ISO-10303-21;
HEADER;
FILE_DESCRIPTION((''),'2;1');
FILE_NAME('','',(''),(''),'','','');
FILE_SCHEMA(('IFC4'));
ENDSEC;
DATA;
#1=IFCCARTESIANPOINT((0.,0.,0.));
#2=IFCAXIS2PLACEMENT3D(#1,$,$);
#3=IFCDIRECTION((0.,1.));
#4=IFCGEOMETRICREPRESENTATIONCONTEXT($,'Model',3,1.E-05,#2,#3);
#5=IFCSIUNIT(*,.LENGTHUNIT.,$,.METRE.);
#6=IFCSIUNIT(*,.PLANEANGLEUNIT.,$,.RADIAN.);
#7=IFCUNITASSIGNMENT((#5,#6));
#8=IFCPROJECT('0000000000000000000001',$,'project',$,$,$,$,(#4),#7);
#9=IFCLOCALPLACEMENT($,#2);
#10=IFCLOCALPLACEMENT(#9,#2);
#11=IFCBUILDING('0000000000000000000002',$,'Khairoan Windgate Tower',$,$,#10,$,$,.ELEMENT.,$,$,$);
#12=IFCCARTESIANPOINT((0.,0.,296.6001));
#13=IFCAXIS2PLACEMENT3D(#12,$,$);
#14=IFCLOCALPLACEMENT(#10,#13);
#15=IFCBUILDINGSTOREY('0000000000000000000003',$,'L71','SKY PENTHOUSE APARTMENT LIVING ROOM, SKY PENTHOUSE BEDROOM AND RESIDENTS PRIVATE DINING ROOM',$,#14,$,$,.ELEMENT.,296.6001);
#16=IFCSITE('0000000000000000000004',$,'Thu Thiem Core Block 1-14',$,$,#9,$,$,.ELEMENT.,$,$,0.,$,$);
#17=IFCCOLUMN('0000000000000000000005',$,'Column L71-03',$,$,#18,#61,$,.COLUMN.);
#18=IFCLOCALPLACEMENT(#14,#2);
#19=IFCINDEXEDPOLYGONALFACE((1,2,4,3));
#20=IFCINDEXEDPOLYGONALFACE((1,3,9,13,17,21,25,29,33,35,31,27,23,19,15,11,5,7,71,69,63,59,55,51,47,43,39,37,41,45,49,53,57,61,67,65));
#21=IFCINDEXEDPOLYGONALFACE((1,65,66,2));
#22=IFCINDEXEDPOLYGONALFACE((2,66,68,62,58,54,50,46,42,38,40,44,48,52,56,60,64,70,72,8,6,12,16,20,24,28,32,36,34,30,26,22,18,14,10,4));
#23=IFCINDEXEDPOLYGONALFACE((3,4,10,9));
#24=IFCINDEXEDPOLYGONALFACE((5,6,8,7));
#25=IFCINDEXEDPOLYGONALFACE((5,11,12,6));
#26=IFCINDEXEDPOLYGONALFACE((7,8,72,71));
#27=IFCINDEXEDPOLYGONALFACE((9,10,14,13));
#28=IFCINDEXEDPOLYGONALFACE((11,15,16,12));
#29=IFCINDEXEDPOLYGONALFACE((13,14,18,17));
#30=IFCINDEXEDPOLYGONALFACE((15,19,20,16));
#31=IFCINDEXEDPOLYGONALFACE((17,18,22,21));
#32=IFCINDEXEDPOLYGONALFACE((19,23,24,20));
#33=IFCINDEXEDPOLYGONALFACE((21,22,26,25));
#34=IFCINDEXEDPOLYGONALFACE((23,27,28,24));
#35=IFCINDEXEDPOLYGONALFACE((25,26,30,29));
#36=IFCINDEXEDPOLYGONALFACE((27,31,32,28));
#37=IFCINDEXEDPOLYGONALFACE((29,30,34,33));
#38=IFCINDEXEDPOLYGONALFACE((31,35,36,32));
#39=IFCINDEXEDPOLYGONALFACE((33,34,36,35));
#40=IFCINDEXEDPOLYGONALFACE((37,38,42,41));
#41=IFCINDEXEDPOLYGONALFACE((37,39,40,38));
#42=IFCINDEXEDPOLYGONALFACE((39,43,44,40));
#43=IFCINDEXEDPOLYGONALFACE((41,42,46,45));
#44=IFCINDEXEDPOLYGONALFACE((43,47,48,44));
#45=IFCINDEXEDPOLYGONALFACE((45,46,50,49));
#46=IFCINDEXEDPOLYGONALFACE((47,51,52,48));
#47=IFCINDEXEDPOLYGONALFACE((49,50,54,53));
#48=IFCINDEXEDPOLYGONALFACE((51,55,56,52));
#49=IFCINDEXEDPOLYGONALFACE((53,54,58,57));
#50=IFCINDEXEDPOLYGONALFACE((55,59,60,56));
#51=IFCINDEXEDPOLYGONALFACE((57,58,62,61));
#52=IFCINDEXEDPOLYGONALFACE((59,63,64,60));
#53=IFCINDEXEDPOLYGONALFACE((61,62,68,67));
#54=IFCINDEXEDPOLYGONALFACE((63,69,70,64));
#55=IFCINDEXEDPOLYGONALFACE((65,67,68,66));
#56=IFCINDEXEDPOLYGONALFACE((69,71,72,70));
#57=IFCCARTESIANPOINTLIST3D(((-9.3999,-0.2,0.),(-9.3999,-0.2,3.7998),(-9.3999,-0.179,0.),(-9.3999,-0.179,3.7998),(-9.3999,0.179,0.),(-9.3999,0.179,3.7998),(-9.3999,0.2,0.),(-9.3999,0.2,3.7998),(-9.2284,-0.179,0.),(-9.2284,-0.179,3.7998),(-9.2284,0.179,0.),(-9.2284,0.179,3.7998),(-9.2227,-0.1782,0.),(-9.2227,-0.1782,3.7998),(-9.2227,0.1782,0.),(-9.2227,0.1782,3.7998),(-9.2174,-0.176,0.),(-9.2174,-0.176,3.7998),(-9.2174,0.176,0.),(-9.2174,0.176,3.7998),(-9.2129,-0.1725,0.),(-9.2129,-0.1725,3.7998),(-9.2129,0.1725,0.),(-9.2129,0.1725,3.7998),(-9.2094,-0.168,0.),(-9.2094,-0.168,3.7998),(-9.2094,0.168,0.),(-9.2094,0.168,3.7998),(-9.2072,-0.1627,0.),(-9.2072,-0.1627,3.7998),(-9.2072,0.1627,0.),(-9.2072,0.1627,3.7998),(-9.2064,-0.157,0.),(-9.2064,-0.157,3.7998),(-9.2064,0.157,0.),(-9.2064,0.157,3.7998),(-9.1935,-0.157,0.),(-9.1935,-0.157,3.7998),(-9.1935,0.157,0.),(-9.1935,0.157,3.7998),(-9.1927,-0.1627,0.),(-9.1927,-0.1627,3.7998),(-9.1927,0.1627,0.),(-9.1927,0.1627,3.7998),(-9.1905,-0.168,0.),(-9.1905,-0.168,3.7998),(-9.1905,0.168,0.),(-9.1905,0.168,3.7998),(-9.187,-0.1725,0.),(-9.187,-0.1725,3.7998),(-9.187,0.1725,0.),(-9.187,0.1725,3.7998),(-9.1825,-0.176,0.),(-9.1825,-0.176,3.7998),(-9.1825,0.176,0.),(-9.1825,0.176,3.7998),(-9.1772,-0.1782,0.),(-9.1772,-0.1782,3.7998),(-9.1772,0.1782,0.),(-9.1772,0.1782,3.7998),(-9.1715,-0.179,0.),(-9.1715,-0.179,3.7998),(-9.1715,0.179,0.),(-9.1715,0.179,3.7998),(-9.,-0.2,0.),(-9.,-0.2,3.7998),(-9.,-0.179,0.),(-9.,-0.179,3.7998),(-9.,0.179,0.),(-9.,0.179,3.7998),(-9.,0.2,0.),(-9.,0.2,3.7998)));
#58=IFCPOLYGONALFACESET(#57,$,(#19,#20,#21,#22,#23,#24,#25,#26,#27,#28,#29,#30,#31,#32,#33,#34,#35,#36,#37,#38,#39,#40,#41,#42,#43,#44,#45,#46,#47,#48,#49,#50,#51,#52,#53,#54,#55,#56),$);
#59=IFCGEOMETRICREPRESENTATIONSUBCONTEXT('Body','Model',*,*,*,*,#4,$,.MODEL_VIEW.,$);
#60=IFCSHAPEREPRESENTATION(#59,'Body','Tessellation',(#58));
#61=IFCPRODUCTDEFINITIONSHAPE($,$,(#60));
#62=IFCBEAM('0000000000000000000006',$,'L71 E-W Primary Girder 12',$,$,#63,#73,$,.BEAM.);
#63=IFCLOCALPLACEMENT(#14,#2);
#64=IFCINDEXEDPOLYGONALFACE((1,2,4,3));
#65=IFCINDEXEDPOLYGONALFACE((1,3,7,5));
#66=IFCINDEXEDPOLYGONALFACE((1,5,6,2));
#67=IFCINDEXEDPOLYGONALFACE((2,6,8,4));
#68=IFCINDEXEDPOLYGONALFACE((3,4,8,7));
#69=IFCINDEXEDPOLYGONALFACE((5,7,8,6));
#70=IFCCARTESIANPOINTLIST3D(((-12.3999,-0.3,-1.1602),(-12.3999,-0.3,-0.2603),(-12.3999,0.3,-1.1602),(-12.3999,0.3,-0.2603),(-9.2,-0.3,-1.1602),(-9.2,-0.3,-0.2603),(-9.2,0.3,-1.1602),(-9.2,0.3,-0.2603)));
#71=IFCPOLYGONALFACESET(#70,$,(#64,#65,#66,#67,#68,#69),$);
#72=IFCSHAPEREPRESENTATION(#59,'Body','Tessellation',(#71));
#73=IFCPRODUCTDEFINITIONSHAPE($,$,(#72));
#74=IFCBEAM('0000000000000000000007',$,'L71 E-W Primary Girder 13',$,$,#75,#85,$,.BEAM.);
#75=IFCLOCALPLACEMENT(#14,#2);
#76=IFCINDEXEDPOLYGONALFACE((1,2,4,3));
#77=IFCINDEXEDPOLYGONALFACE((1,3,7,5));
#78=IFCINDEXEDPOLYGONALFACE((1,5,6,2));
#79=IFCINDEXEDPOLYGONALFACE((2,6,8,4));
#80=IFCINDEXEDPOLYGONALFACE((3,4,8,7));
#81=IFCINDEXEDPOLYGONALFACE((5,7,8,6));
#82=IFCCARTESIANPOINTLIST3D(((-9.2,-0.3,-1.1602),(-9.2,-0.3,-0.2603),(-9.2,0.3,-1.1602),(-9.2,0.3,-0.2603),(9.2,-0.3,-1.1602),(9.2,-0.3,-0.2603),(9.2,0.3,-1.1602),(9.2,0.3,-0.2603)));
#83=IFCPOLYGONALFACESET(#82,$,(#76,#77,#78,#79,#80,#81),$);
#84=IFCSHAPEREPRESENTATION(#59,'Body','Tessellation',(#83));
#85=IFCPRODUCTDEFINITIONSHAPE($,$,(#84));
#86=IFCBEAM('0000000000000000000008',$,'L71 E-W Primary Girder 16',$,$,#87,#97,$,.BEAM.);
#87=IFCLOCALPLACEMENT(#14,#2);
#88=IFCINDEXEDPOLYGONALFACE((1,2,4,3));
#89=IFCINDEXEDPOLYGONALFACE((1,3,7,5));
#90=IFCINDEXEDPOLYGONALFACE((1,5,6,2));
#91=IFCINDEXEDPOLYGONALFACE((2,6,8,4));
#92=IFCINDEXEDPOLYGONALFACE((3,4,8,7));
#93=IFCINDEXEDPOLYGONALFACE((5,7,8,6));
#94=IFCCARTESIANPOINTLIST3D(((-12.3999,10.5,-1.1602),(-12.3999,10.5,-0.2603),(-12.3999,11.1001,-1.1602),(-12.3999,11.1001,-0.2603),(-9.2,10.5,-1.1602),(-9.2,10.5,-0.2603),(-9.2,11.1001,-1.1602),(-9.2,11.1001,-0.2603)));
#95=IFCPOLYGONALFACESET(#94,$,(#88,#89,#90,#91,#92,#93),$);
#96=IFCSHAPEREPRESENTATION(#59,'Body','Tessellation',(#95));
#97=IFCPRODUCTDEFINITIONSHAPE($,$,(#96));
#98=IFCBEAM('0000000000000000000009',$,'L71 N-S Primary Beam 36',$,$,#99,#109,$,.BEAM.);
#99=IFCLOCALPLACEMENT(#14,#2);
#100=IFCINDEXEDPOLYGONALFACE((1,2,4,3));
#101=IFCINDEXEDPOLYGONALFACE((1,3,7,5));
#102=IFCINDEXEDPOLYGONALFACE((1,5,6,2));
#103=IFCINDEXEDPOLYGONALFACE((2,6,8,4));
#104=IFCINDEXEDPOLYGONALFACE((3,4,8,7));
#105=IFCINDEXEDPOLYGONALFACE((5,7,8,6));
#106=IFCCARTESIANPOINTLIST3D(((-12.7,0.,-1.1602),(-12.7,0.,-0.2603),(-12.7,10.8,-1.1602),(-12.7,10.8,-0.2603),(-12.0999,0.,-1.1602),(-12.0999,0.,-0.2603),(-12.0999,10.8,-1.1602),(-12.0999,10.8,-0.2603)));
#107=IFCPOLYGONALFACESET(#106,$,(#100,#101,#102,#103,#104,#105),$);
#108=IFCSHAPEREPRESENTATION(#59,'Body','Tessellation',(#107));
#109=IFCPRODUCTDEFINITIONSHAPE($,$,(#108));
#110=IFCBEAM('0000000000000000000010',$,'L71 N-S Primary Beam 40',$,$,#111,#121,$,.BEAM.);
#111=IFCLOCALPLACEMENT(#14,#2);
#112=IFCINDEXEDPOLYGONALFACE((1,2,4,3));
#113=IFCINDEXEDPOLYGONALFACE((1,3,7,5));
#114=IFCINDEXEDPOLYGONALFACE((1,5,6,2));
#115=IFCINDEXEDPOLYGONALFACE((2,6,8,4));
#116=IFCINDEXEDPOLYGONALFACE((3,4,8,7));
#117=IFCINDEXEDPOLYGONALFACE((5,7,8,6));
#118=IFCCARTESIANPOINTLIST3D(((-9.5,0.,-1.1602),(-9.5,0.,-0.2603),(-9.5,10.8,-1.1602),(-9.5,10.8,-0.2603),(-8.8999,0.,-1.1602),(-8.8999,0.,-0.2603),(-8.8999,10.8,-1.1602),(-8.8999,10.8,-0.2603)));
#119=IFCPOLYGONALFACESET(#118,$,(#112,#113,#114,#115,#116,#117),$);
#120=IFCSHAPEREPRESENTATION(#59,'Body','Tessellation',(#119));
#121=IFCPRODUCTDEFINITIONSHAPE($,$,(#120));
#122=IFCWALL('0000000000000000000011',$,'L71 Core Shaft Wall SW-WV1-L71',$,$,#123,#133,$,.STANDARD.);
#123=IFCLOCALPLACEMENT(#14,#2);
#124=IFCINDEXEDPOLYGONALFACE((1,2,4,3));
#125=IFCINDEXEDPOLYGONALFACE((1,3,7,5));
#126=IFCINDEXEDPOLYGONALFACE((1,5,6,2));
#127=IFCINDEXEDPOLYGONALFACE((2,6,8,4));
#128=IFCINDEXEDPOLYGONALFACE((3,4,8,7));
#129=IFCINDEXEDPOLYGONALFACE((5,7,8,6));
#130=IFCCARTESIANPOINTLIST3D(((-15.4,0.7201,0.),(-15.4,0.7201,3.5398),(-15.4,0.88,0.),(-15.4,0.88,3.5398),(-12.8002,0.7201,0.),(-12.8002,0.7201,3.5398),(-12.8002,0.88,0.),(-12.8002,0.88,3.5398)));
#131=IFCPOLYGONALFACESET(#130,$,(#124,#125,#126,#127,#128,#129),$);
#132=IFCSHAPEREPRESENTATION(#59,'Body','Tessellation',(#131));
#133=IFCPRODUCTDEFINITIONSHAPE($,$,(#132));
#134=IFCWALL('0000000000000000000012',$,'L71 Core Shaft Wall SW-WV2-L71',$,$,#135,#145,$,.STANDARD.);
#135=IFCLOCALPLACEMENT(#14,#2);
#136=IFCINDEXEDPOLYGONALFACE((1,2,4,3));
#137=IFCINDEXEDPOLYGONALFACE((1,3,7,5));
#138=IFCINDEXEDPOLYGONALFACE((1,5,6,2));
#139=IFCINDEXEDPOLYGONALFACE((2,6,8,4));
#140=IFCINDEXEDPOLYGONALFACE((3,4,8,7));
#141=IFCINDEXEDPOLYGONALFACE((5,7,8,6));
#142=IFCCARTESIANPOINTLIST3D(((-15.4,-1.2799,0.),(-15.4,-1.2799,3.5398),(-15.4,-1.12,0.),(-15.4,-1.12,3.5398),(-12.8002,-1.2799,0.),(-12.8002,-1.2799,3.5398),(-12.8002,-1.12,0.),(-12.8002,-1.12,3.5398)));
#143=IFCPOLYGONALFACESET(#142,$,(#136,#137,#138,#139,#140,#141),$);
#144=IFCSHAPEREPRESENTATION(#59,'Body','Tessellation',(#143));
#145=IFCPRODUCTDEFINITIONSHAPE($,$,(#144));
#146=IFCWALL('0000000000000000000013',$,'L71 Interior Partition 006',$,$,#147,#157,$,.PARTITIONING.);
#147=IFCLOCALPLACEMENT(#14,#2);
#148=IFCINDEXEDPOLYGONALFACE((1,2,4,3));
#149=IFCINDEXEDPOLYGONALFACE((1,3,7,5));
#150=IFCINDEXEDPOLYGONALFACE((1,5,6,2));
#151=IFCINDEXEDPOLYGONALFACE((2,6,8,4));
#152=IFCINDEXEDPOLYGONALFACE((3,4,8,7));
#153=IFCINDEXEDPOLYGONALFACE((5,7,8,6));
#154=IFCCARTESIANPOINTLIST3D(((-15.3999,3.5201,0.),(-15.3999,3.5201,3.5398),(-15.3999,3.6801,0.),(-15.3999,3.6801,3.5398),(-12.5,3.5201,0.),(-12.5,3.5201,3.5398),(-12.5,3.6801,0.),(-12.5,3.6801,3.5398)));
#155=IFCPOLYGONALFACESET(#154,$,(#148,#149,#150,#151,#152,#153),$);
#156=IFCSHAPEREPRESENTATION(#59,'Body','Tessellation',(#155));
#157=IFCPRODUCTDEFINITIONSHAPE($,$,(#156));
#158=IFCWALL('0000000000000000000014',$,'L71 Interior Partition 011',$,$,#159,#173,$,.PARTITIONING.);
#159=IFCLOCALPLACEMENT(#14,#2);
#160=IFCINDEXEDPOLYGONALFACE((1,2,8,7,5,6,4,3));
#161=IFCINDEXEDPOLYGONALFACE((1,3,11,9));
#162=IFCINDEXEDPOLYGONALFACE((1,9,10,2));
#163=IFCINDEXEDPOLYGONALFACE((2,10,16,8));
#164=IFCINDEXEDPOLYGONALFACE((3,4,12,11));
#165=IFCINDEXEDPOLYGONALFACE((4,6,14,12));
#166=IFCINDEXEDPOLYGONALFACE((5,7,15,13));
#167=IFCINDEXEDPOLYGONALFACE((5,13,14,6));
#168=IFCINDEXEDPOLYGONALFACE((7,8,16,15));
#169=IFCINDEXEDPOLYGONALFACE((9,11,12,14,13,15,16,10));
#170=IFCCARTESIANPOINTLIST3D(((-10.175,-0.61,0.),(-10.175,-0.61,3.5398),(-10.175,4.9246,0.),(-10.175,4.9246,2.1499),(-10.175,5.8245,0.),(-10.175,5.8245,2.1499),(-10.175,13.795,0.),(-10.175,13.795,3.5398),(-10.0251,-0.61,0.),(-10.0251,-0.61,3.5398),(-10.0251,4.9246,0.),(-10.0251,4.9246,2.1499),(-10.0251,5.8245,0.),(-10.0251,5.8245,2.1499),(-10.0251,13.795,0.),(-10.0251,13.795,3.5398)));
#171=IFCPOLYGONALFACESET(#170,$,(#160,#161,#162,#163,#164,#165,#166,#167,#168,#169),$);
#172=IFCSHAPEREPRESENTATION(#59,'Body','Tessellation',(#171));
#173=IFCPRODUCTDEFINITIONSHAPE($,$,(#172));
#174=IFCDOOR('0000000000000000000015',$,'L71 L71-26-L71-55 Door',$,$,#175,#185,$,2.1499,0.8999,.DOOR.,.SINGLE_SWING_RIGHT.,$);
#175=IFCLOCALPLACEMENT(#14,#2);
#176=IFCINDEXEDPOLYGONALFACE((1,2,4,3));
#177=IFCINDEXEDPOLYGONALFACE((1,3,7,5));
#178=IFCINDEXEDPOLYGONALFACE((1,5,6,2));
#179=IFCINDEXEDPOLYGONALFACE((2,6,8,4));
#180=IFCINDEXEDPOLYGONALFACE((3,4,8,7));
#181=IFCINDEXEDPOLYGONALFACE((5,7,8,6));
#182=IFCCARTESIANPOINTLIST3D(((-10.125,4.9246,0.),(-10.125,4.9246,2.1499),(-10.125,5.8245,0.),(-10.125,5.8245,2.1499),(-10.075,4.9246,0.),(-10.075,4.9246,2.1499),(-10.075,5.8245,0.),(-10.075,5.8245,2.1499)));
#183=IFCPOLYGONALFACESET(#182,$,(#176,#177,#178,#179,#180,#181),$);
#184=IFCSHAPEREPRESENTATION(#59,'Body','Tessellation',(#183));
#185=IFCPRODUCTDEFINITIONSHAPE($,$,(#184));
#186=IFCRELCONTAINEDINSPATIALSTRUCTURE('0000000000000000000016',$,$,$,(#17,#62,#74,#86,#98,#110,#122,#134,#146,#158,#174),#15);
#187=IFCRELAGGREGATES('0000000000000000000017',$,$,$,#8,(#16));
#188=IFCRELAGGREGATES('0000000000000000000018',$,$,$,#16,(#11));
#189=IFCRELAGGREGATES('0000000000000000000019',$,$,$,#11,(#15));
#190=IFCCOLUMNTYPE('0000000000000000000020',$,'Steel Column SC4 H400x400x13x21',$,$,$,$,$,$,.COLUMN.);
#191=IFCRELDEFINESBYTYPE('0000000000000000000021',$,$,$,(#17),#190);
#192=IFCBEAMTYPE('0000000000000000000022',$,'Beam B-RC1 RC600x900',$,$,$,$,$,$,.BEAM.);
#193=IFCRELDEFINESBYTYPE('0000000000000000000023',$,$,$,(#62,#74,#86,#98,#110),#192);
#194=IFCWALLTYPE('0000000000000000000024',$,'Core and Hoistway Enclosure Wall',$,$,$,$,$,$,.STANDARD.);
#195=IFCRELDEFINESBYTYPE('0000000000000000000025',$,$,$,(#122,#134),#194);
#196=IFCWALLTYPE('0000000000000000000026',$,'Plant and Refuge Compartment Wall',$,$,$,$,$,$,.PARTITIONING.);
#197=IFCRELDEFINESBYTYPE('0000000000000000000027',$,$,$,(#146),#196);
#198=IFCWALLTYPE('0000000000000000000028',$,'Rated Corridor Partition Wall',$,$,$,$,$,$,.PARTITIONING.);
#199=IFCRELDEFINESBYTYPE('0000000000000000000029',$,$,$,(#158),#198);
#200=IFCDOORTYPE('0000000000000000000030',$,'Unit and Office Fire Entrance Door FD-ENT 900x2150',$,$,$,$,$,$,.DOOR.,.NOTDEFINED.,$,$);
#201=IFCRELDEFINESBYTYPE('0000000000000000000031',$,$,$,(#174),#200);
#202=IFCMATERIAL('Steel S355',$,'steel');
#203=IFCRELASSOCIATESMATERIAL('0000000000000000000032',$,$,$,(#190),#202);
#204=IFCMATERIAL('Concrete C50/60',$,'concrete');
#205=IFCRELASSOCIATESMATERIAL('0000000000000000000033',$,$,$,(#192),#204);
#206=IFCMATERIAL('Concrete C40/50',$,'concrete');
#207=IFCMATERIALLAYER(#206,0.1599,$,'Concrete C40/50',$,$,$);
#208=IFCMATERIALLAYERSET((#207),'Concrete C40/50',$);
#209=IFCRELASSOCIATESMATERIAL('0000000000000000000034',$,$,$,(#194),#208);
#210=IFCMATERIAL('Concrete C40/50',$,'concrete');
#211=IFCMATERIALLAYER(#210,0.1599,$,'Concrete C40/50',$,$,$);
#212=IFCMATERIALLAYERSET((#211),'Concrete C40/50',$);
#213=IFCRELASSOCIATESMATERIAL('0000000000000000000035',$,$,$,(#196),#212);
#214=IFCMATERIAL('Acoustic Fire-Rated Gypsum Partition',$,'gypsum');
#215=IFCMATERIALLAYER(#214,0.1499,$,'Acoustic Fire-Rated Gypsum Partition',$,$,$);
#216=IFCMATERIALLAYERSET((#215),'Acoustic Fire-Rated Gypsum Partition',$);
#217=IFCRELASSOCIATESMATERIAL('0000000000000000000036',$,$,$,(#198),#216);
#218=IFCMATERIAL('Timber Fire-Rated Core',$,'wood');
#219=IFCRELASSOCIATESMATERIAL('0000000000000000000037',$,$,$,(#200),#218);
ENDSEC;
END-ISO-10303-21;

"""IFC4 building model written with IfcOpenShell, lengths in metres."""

from ifc_helpers import new_model, si_unit, direction, frame, frame_2d, origin, origin_2d, place, context, subcontext, project, spatial, rectangle, i_section, extrude, material, layer, layer_set, material_profile, profile_set, type_object, element, fill, save


model = new_model("IFC4")

# Units and contexts
model_context = context("Model", 3, precision=1e-05, world=origin(), true_north=direction((0.0, 1.0)))
body_context = subcontext(model_context, "Body", "Model", "MODEL_VIEW")
ifc_project = project(units=[si_unit("LENGTHUNIT", "METRE"), si_unit("PLANEANGLEUNIT", "RADIAN")], contexts=[model_context])

# Site, building, storey
site_placement = place(None, origin())
site = spatial("IfcSite", under=ifc_project, at=site_placement, Name="Thu Thiem Core Block 1-14", CompositionType="ELEMENT", RefElevation=0.0)
building_placement = place(site_placement, origin())
building = spatial("IfcBuilding", under=site, at=building_placement, Name="Khairoan Windgate Tower", CompositionType="ELEMENT")
storey_placement = place(building_placement, frame((0.0, 0.0, 296.6001)))
storey = spatial("IfcBuildingStorey", under=building, at=storey_placement, Name="L71", Description="SKY PENTHOUSE APARTMENT LIVING ROOM, SKY PENTHOUSE BEDROOM AND RESIDENTS PRIVATE DINING ROOM", CompositionType="ELEMENT", Elevation=296.6001)

# Column
ifc_material_1 = material(Name="Steel S355", Category="steel")
ifc_material_profile_1 = material_profile(ifc_material_1, i_section(OverallWidth=0.3999, OverallDepth=0.3999, WebThickness=0.0129, FlangeThickness=0.021, FilletRadius=0.022, at=origin_2d()))
ifc_profile_set_1 = profile_set([ifc_material_profile_1], Name="Steel S355")
column_type = type_object("IfcColumnType", Name="Steel Column SC4 H400x400x13x21", PredefinedType="COLUMN", material=ifc_profile_set_1)
column_placement = place(storey_placement, frame((-9.2, 0.0, 0.0), z_axis=(0.0, 0.0, 1.0), x_axis=(1.0, 0.0, 0.0)))
element("IfcColumn", 1, at=column_placement, inside=storey, type_object=column_type, Name="Column L71-03", PredefinedType="COLUMN", context=body_context, shape_type="SweptSolid", body=[
    extrude(i_section(OverallWidth=0.3999, OverallDepth=0.3999, WebThickness=0.0129, FlangeThickness=0.021, FilletRadius=0.022, at=origin_2d()), origin(), (0.0, 0.0, 1.0), 3.7998),
])

# Beams
ifc_material_2 = material(Name="Concrete C50/60", Category="concrete")
ifc_material_profile_2 = material_profile(ifc_material_2, rectangle(XDim=0.6001, YDim=0.8999, at=origin_2d()))
ifc_profile_set_2 = profile_set([ifc_material_profile_2], Name="Concrete C50/60")
beam_type = type_object("IfcBeamType", Name="Beam B-RC1 RC600x900", PredefinedType="BEAM", material=ifc_profile_set_2)
beam_1_placement = place(storey_placement, frame((-12.3999, 0.0, -0.7102), z_axis=(1.0, 0.0, 0.0), x_axis=(0.0, 1.0, 0.0)))
element("IfcBeam", 2, at=beam_1_placement, inside=storey, type_object=beam_type, Name="L71 E-W Primary Girder 12", PredefinedType="BEAM", context=body_context, shape_type="SweptSolid", body=[
    extrude(rectangle(XDim=0.6001, YDim=0.8999, at=origin_2d()), origin(), (0.0, 0.0, 1.0), 3.2),
])
beam_2_placement = place(storey_placement, frame((-9.2, 0.0, -0.7102), z_axis=(1.0, 0.0, 0.0), x_axis=(0.0, 1.0, 0.0)))
element("IfcBeam", 3, at=beam_2_placement, inside=storey, type_object=beam_type, Name="L71 E-W Primary Girder 13", PredefinedType="BEAM", context=body_context, shape_type="SweptSolid", body=[
    extrude(rectangle(XDim=0.6001, YDim=0.8999, at=origin_2d()), origin(), (0.0, 0.0, 1.0), 18.3999),
])
beam_3_placement = place(storey_placement, frame((-12.3999, 10.8, -0.7102), z_axis=(1.0, 0.0, 0.0), x_axis=(0.0, 1.0, 0.0)))
element("IfcBeam", 4, at=beam_3_placement, inside=storey, type_object=beam_type, Name="L71 E-W Primary Girder 16", PredefinedType="BEAM", context=body_context, shape_type="SweptSolid", body=[
    extrude(rectangle(XDim=0.6001, YDim=0.8999, at=origin_2d()), origin(), (0.0, 0.0, 1.0), 3.2),
])
for number, where, z_axis, x_axis, name in (
    (5, (-12.3999, 0.0, -0.7102), (0.0, 1.0, 0.0), (-1.0, 0.0, 0.0), "L71 N-S Primary Beam 36"),
    (6, (-9.2, 0.0, -0.7102), (0.0, 1.0, 0.0), (-1.0, 0.0, 0.0), "L71 N-S Primary Beam 40"),
):
    element("IfcBeam", number, at=place(storey_placement, frame(where, z_axis=z_axis, x_axis=x_axis)), inside=storey, type_object=beam_type, Name=name, PredefinedType="BEAM", context=body_context, shape_type="SweptSolid", body=[
        extrude(rectangle(XDim=0.6001, YDim=0.8999, at=origin_2d()), origin(), (0.0, 0.0, 1.0), 10.8),
    ])

# Walls
ifc_material_3 = material(Name="Concrete C40/50", Category="concrete")
ifc_layer_1 = layer(ifc_material_3, 0.1599, Name="Concrete C40/50")
ifc_layer_set_1 = layer_set([ifc_layer_1], Name="Concrete C40/50")
wall_type_1 = type_object("IfcWallType", Name="Core and Hoistway Enclosure Wall", PredefinedType="STANDARD", material=ifc_layer_set_1)
for number, where, z_axis, x_axis, name in (
    (7, (-15.3999, 0.8, 0.0), (0.0, 0.0, 1.0), (1.0, 0.0, 0.0), "L71 Core Shaft Wall SW-WV1-L71"),
    (8, (-15.3999, -1.2, 0.0), (0.0, 0.0, 1.0), (1.0, 0.0, 0.0), "L71 Core Shaft Wall SW-WV2-L71"),
):
    element("IfcWall", number, at=place(storey_placement, frame(where, z_axis=z_axis, x_axis=x_axis)), inside=storey, type_object=wall_type_1, Name=name, PredefinedType="STANDARD", context=body_context, shape_type="SweptSolid", body=[
        extrude(rectangle(XDim=2.5999, YDim=0.1599, at=frame_2d((1.2998, 0.0))), origin(), (0.0, 0.0, 1.0), 3.5398),
    ])
ifc_material_4 = material(Name="Concrete C40/50", Category="concrete")
ifc_layer_2 = layer(ifc_material_4, 0.1599, Name="Concrete C40/50")
ifc_layer_set_2 = layer_set([ifc_layer_2], Name="Concrete C40/50")
wall_type_2 = type_object("IfcWallType", Name="Plant and Refuge Compartment Wall", PredefinedType="PARTITIONING", material=ifc_layer_set_2)
wall_1_placement = place(storey_placement, frame((-15.3999, 3.6001, 0.0), z_axis=(0.0, 0.0, 1.0), x_axis=(1.0, 0.0, 0.0)))
element("IfcWall", 9, at=wall_1_placement, inside=storey, type_object=wall_type_2, Name="L71 Interior Partition 006", PredefinedType="PARTITIONING", context=body_context, shape_type="SweptSolid", body=[
    extrude(rectangle(XDim=2.8999, YDim=0.1599, at=frame_2d((1.45, 0.0))), origin(), (0.0, 0.0, 1.0), 3.5398),
])

# Wall, opening, door
ifc_material_5 = material(Name="Acoustic Fire-Rated Gypsum Partition", Category="gypsum")
ifc_layer_3 = layer(ifc_material_5, 0.1499, Name="Acoustic Fire-Rated Gypsum Partition")
ifc_layer_set_3 = layer_set([ifc_layer_3], Name="Acoustic Fire-Rated Gypsum Partition")
wall_type_3 = type_object("IfcWallType", Name="Rated Corridor Partition Wall", PredefinedType="PARTITIONING", material=ifc_layer_set_3)
wall_2_placement = place(storey_placement, frame((-10.1001, -0.6101, 0.0), z_axis=(0.0, 0.0, 1.0), x_axis=(0.0, 1.0, 0.0)))
wall_2 = element("IfcWall", 10, at=wall_2_placement, inside=storey, type_object=wall_type_3, Name="L71 Interior Partition 011", PredefinedType="PARTITIONING", context=body_context, shape_type="SweptSolid", body=[
    extrude(rectangle(XDim=14.405, YDim=0.1499, at=frame_2d((7.2026, 0.0))), origin(), (0.0, 0.0, 1.0), 3.5398),
])
opening_1_placement = place(wall_2_placement, frame((5.5347, 0.0, 0.0)))
opening_1 = element("IfcOpeningElement", 11, at=opening_1_placement, cuts=wall_2, PredefinedType="OPENING", context=body_context, shape_type="SweptSolid", body=[
    extrude(rectangle(XDim=0.8999, YDim=2.1499, at=frame_2d((0.45, 1.075))), frame((0.0, 0.085, 0.0), z_axis=(0.0, -1.0, 0.0), x_axis=(1.0, 0.0, 0.0)), (0.0, 0.0, 1.0), 0.1699),
])
ifc_material_6 = material(Name="Timber Fire-Rated Core", Category="wood")
door_type = type_object("IfcDoorType", Name="Unit and Office Fire Entrance Door FD-ENT 900x2150", OperationType="NOTDEFINED", PredefinedType="DOOR", material=ifc_material_6)
door_1_placement = place(opening_1_placement, origin())
door_1 = element("IfcDoor", 12, at=door_1_placement, inside=storey, type_object=door_type, Name="L71 L71-26-L71-55 Door", OperationType="SINGLE_SWING_RIGHT", OverallHeight=2.1499, OverallWidth=0.8999, PredefinedType="DOOR", context=body_context, shape_type="SweptSolid", body=[
    extrude(rectangle(XDim=0.8999, YDim=2.1499, at=frame_2d((0.45, 1.075))), frame((0.0, 0.0249, 0.0), z_axis=(0.0, -1.0, 0.0), x_axis=(1.0, 0.0, 0.0)), (0.0, 0.0, 1.0), 0.05),
])
fill(opening_1, door_1)

save(model, "model.ifc")
